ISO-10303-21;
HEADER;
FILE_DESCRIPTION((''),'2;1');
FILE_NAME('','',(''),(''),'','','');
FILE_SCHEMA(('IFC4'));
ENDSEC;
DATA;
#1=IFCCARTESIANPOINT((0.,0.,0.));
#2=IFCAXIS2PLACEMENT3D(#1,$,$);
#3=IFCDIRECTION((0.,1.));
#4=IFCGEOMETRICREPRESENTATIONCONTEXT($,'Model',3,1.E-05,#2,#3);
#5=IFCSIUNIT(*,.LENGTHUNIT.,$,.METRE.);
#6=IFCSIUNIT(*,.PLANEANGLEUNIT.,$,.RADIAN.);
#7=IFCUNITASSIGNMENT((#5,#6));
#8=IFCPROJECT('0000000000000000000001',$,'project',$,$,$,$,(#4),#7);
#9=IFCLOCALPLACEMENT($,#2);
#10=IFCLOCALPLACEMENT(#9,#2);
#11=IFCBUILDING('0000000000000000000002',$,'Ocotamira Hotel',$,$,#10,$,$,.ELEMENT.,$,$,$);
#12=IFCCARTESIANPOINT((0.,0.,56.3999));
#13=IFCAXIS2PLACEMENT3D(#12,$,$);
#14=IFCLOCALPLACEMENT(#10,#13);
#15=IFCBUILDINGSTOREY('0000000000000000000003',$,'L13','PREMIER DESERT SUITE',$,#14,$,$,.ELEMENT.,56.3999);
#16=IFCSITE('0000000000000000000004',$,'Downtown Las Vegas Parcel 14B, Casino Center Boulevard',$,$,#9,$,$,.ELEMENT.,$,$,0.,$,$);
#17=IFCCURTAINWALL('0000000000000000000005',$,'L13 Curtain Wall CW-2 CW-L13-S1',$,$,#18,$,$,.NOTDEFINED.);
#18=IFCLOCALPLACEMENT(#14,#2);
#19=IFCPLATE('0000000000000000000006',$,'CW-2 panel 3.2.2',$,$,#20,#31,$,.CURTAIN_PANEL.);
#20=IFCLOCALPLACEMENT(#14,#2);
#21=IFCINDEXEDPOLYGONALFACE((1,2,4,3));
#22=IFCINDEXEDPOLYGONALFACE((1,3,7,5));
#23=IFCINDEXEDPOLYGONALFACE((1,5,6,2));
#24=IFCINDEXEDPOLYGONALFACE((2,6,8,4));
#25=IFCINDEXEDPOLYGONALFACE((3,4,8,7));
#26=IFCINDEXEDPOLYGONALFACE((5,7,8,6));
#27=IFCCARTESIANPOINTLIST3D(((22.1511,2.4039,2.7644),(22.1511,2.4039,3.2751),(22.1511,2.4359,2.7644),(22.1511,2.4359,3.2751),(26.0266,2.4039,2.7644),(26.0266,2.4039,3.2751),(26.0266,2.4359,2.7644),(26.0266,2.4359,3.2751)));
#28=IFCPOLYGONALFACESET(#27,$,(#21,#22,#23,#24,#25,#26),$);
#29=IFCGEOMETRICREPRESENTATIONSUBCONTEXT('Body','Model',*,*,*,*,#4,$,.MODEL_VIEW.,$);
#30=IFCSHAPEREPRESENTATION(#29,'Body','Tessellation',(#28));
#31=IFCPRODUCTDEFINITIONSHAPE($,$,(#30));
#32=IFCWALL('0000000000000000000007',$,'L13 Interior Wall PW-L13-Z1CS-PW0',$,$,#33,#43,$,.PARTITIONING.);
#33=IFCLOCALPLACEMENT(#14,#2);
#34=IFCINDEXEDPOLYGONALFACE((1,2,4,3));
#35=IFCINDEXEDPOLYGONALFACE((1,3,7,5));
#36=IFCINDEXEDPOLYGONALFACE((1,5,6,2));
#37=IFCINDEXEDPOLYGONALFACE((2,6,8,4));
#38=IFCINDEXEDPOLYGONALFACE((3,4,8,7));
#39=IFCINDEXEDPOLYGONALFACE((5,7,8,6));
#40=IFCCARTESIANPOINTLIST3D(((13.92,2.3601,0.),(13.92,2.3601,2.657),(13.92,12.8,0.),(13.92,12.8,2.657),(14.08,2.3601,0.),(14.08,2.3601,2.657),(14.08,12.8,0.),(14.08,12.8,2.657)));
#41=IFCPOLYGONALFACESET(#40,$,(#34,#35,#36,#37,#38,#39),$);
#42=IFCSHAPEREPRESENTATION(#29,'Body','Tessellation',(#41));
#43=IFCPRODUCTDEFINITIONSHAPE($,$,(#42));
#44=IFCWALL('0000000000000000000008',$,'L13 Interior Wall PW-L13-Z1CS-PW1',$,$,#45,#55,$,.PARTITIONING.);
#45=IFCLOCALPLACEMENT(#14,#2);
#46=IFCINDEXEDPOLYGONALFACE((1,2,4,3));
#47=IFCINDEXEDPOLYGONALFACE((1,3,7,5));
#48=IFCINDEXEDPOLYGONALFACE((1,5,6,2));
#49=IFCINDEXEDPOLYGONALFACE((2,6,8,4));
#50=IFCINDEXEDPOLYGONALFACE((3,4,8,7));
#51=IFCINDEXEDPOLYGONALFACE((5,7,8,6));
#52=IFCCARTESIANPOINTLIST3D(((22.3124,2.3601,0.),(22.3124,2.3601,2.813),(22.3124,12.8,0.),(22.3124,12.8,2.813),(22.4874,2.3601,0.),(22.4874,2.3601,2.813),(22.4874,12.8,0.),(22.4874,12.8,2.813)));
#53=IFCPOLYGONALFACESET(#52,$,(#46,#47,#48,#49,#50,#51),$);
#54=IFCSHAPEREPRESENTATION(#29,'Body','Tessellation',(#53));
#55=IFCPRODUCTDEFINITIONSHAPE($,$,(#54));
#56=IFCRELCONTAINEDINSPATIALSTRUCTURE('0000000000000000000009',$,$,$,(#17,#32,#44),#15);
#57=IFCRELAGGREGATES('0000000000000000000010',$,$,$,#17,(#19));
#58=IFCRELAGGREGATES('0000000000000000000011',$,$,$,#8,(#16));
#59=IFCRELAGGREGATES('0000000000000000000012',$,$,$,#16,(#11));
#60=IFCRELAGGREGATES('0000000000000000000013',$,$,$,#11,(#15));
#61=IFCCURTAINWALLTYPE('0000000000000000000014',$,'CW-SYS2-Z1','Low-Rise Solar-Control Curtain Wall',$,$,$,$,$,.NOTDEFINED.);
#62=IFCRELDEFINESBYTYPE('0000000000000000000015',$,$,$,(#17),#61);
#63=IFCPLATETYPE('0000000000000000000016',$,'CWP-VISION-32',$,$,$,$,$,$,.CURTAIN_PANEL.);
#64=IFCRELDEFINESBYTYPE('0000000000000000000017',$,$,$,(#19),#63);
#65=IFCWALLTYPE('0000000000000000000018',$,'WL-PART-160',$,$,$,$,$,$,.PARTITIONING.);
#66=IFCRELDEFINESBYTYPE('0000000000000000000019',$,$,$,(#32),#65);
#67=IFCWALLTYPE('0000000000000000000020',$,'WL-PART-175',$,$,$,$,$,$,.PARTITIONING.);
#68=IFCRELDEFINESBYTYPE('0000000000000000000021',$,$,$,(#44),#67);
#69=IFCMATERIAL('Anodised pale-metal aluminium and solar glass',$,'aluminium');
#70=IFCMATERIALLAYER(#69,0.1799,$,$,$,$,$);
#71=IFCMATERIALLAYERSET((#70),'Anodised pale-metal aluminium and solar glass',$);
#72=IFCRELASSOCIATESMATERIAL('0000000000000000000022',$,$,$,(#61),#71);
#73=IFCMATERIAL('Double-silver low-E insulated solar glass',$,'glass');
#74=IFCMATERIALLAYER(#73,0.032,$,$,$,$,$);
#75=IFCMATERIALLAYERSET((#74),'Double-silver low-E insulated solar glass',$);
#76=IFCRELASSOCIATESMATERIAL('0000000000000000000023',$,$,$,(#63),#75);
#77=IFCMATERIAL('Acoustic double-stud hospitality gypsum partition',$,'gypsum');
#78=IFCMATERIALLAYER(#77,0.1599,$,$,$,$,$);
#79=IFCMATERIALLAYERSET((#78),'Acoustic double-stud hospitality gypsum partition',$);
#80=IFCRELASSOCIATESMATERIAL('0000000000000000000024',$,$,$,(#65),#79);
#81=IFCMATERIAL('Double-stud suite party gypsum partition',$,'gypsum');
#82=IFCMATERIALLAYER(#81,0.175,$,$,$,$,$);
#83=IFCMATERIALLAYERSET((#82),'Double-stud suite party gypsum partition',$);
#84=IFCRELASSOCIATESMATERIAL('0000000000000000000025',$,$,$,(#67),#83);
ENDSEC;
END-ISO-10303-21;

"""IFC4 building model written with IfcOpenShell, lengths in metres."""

from ifc_helpers import new_model, si_unit, direction, frame, frame_2d, origin, origin_2d, place, context, subcontext, project, spatial, rectangle, extrude, source, transform, mapped, material, layer, layer_set, type_object, element, aggregate, save


model = new_model("IFC4")

# Units and contexts
model_context = context("Model", 3, precision=1e-05, world=origin(), true_north=direction((0.0, 1.0)))
body_context = subcontext(model_context, "Body", "Model", "MODEL_VIEW")
ifc_project = project(units=[si_unit("LENGTHUNIT", "METRE"), si_unit("PLANEANGLEUNIT", "RADIAN")], contexts=[model_context])

# Site, building, storey
site_placement = place(None, origin())
site = spatial("IfcSite", under=ifc_project, at=site_placement, Name="Downtown Las Vegas Parcel 14B, Casino Center Boulevard", CompositionType="ELEMENT", RefElevation=0.0)
building_placement = place(site_placement, origin())
building = spatial("IfcBuilding", under=site, at=building_placement, Name="Ocotamira Hotel", CompositionType="ELEMENT")
storey_placement = place(building_placement, frame((0.0, 0.0, 56.3999)))
storey = spatial("IfcBuildingStorey", under=building, at=storey_placement, Name="L13", Description="PREMIER DESERT SUITE", CompositionType="ELEMENT", Elevation=56.3999)

# Curtain wall
ifc_material_1 = material(Name="Anodised pale-metal aluminium and solar glass", Category="aluminium")
ifc_layer_1 = layer(ifc_material_1, 0.1799)
ifc_layer_set_1 = layer_set([ifc_layer_1], Name="Anodised pale-metal aluminium and solar glass")
curtain_wall_type = type_object("IfcCurtainWallType", Name="CW-SYS2-Z1", Description="Low-Rise Solar-Control Curtain Wall", PredefinedType="NOTDEFINED", material=ifc_layer_set_1)
curtain_wall_placement = place(storey_placement, origin())
curtain_wall = element("IfcCurtainWall", 1, at=curtain_wall_placement, inside=storey, type_object=curtain_wall_type, Name="L13 Curtain Wall CW-2 CW-L13-S1", PredefinedType="NOTDEFINED")

# Plate
ifc_material_2 = material(Name="Double-silver low-E insulated solar glass", Category="glass")
ifc_layer_2 = layer(ifc_material_2, 0.032)
ifc_layer_set_2 = layer_set([ifc_layer_2], Name="Double-silver low-E insulated solar glass")
plate_type_1 = type_object("IfcPlateType", Name="CWP-VISION-32", PredefinedType="CURTAIN_PANEL", material=ifc_layer_set_2)
shared_shape_1 = source(origin(), body_context, "Body", "SweptSolid", [
    extrude(rectangle(XDim=3.8755, YDim=0.032, at=origin_2d()), origin(), (0.0, 0.0, 1.0), 0.5107),
])
plate_1_placement = place(storey_placement, frame((24.0889, 2.4199, 2.7644), z_axis=(0.0, 0.0, 1.0), x_axis=(1.0, 0.0, 0.0)))
plate_1 = element("IfcPlate", 2, at=plate_1_placement, type_object=plate_type_1, Name="CW-2 panel 3.2.2", PredefinedType="CURTAIN_PANEL", context=body_context, shape_type="MappedRepresentation", body=[
    mapped(shared_shape_1, transform((0.0, 0.0, 0.0), scale=1.0)),
])
aggregate(curtain_wall, [plate_1])

# Walls
ifc_material_3 = material(Name="Acoustic double-stud hospitality gypsum partition", Category="gypsum")
ifc_layer_3 = layer(ifc_material_3, 0.1599)
ifc_layer_set_3 = layer_set([ifc_layer_3], Name="Acoustic double-stud hospitality gypsum partition")
wall_type_1 = type_object("IfcWallType", Name="WL-PART-160", PredefinedType="PARTITIONING", material=ifc_layer_set_3)
wall_1_placement = place(storey_placement, frame((14.0, 2.3601, 0.0), z_axis=(0.0, 0.0, 1.0), x_axis=(0.0, 1.0, 0.0)))
element("IfcWall", 3, at=wall_1_placement, inside=storey, type_object=wall_type_1, Name="L13 Interior Wall PW-L13-Z1CS-PW0", PredefinedType="PARTITIONING", context=body_context, shape_type="SweptSolid", body=[
    extrude(rectangle(XDim=10.4399, YDim=0.1599, at=frame_2d((5.22, 0.0))), origin(), (0.0, 0.0, 1.0), 2.657),
])
ifc_material_4 = material(Name="Double-stud suite party gypsum partition", Category="gypsum")
ifc_layer_4 = layer(ifc_material_4, 0.175)
ifc_layer_set_4 = layer_set([ifc_layer_4], Name="Double-stud suite party gypsum partition")
wall_type_2 = type_object("IfcWallType", Name="WL-PART-175", PredefinedType="PARTITIONING", material=ifc_layer_set_4)
wall_2_placement = place(storey_placement, frame((22.3999, 2.3601, 0.0), z_axis=(0.0, 0.0, 1.0), x_axis=(0.0, 1.0, 0.0)))
element("IfcWall", 4, at=wall_2_placement, inside=storey, type_object=wall_type_2, Name="L13 Interior Wall PW-L13-Z1CS-PW1", PredefinedType="PARTITIONING", context=body_context, shape_type="SweptSolid", body=[
    extrude(rectangle(XDim=10.4399, YDim=0.175, at=frame_2d((5.22, 0.0))), origin(), (0.0, 0.0, 1.0), 2.813),
])

save(model, "model.ifc")
